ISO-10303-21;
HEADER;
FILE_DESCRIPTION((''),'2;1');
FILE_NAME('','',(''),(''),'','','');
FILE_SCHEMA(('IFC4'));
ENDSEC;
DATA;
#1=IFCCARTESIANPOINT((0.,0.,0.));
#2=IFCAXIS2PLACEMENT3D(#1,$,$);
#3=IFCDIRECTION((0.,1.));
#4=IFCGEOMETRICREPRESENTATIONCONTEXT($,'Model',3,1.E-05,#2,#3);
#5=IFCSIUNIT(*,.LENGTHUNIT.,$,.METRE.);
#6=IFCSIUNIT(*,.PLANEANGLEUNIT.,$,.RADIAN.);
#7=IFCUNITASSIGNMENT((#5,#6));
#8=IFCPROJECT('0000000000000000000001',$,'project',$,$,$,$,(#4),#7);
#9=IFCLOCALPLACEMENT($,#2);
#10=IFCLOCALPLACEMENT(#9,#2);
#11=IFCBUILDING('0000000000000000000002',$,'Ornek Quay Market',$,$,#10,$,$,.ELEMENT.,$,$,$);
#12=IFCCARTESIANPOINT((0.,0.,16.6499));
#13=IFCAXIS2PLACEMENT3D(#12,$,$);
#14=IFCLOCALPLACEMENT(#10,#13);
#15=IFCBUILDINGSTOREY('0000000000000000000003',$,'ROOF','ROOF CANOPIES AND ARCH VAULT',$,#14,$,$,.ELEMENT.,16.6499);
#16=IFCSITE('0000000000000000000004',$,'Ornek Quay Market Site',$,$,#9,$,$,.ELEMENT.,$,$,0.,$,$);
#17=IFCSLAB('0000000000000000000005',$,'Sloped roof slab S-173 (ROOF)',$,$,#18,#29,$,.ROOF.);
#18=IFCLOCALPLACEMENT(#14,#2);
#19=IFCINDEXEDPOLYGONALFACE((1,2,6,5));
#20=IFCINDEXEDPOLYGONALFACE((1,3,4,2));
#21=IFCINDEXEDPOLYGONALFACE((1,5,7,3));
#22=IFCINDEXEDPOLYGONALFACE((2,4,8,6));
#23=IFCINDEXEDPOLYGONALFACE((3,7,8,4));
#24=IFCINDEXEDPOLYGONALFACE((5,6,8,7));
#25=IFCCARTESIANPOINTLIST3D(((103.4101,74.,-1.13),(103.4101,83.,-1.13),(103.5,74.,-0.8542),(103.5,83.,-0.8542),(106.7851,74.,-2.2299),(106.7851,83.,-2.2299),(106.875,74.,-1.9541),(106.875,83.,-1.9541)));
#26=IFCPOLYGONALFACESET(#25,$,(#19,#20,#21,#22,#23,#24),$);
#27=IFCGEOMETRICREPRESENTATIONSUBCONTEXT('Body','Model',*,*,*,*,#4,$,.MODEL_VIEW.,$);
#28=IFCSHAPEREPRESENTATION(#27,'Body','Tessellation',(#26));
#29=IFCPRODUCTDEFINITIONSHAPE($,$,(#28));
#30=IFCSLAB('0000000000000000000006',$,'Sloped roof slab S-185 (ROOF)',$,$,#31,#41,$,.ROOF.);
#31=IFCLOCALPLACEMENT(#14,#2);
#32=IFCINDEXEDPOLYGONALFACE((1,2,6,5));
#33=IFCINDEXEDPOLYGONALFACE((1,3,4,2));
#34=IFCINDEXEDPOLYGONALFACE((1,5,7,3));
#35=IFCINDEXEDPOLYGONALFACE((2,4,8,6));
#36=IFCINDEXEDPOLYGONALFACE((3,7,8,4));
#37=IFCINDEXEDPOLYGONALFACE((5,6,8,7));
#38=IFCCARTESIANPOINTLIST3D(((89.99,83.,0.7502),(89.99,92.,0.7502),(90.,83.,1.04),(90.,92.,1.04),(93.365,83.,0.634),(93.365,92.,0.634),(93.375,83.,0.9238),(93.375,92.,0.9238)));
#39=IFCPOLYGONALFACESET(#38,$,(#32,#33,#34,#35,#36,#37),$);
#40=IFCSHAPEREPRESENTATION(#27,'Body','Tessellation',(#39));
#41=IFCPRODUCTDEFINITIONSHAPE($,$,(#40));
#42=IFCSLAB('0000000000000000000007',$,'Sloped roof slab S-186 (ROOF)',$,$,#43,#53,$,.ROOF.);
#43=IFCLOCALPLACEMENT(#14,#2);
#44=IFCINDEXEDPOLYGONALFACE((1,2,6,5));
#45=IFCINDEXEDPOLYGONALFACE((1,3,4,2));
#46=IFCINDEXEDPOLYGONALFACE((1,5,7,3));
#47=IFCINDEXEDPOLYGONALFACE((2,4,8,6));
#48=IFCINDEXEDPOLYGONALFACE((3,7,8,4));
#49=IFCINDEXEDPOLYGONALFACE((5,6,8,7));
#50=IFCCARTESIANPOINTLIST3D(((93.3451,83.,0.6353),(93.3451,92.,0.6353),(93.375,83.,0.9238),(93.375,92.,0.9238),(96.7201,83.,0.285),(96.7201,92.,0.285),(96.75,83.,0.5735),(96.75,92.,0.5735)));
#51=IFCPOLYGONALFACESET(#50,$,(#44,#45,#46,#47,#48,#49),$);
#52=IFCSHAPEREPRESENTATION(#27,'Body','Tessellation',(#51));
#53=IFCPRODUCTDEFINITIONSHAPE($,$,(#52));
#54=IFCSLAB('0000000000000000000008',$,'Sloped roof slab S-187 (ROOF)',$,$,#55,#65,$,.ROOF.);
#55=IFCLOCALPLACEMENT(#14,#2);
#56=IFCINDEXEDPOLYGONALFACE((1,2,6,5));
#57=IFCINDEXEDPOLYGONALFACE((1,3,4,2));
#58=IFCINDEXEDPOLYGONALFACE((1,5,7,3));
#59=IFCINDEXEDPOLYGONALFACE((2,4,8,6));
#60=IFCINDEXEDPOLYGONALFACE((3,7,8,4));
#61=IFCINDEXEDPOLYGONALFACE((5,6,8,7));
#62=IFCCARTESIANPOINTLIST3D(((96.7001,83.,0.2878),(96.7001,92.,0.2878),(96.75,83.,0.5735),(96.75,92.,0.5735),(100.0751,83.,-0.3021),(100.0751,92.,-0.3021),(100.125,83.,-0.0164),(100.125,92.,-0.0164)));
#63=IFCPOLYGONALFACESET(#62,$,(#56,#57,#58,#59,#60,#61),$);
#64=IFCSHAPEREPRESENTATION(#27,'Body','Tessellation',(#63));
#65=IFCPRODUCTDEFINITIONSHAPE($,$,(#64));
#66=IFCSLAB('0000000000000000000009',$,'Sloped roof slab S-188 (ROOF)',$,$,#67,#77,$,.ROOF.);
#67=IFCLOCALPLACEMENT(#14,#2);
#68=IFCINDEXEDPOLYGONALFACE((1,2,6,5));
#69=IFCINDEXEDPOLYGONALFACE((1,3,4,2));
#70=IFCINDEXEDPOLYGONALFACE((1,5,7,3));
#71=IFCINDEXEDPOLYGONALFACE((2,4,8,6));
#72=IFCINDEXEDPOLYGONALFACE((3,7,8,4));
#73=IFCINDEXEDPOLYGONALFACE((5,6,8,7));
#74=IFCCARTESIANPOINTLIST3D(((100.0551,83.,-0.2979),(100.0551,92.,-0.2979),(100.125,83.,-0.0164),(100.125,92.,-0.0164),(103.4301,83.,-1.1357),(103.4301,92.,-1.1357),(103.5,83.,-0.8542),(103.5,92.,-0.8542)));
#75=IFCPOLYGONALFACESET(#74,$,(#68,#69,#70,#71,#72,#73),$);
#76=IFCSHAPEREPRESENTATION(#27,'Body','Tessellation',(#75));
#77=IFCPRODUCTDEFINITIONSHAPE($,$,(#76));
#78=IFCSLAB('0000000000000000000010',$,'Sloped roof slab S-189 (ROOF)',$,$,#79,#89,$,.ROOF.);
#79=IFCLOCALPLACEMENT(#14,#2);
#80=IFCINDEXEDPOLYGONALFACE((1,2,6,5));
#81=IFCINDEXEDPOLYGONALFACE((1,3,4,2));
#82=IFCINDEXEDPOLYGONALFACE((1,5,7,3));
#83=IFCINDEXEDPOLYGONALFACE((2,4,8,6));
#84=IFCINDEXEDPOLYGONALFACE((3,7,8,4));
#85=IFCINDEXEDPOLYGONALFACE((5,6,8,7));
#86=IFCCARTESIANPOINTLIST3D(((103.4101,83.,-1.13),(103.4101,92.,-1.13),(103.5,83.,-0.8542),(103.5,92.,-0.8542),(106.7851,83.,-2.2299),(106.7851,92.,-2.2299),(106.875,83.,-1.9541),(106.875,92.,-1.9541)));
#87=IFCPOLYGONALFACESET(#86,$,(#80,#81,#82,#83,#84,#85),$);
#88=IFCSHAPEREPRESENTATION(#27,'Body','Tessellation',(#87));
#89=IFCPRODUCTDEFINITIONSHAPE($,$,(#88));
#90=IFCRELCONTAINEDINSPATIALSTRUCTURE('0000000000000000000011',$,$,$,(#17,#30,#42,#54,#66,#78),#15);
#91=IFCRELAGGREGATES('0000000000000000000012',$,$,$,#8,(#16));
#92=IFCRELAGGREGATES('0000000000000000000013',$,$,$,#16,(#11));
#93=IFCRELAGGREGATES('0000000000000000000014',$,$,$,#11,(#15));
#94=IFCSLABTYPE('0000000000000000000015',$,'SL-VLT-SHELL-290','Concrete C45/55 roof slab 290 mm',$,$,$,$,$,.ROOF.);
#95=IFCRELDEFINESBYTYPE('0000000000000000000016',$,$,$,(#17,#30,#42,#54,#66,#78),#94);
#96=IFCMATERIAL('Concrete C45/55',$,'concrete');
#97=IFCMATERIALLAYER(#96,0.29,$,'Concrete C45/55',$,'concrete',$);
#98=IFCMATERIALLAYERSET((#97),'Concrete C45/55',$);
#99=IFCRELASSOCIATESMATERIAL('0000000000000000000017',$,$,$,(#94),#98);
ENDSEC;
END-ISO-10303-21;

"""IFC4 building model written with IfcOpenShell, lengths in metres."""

from ifc_helpers import new_model, si_unit, direction, frame, origin, place, context, subcontext, project, spatial, polyline, outline, extrude, material, layer, layer_set, type_object, element, save


model = new_model("IFC4")

# Units and contexts
model_context = context("Model", 3, precision=1e-05, world=origin(), true_north=direction((0.0, 1.0)))
body_context = subcontext(model_context, "Body", "Model", "MODEL_VIEW")
ifc_project = project(units=[si_unit("LENGTHUNIT", "METRE"), si_unit("PLANEANGLEUNIT", "RADIAN")], contexts=[model_context])

# Site, building, storey
site_placement = place(None, origin())
site = spatial("IfcSite", under=ifc_project, at=site_placement, Name="Ornek Quay Market Site", CompositionType="ELEMENT", RefElevation=0.0)
building_placement = place(site_placement, origin())
building = spatial("IfcBuilding", under=site, at=building_placement, Name="Ornek Quay Market", CompositionType="ELEMENT")
storey_placement = place(building_placement, frame((0.0, 0.0, 16.6499)))
storey = spatial("IfcBuildingStorey", under=building, at=storey_placement, Name="ROOF", Description="ROOF CANOPIES AND ARCH VAULT", CompositionType="ELEMENT", Elevation=16.6499)

# Slabs
ifc_material_1 = material(Name="Concrete C45/55", Category="concrete")
ifc_layer = layer(ifc_material_1, 0.29, Name="Concrete C45/55", Category="concrete")
ifc_layer_set = layer_set([ifc_layer], Name="Concrete C45/55")
slab_type = type_object("IfcSlabType", Name="SL-VLT-SHELL-290", Description="Concrete C45/55 roof slab 290 mm", PredefinedType="ROOF", material=ifc_layer_set)
slab_1_placement = place(storey_placement, frame((103.5, 74.0, -0.8542), z_axis=(0.309845, 0.0, 0.950787), x_axis=(0.950787, 0.0, -0.309845)))
element("IfcSlab", 1, at=slab_1_placement, inside=storey, type_object=slab_type, Name="Sloped roof slab S-173 (ROOF)", PredefinedType="ROOF", context=body_context, shape_type="SweptSolid", body=[
    extrude(outline(polyline([(0.0, 0.0), (3.5497, 0.0), (3.5497, 9.0), (0.0, 9.0), (0.0, 0.0)])), origin(), (0.0, 0.0, -1.0), 0.29),
])
slab_2_placement = place(storey_placement, frame((90.0, 83.0, 1.04), z_axis=(0.034412, 0.0, 0.999408), x_axis=(0.999408, 0.0, -0.034412)))
element("IfcSlab", 2, at=slab_2_placement, inside=storey, type_object=slab_type, Name="Sloped roof slab S-185 (ROOF)", PredefinedType="ROOF", context=body_context, shape_type="SweptSolid", body=[
    extrude(outline(polyline([(0.0, 0.0), (3.377, 0.0), (3.377, 9.0), (0.0, 9.0), (0.0, 0.0)])), origin(), (0.0, 0.0, -1.0), 0.29),
])
slab_3_placement = place(storey_placement, frame((93.375, 83.0, 0.9238), z_axis=(0.10325, 0.0, 0.994655), x_axis=(0.994655, 0.0, -0.10325)))
element("IfcSlab", 3, at=slab_3_placement, inside=storey, type_object=slab_type, Name="Sloped roof slab S-186 (ROOF)", PredefinedType="ROOF", context=body_context, shape_type="SweptSolid", body=[
    extrude(outline(polyline([(0.0, 0.0), (3.3931, 0.0), (3.3931, 9.0), (0.0, 9.0), (0.0, 0.0)])), origin(), (0.0, 0.0, -1.0), 0.29),
])
slab_4_placement = place(storey_placement, frame((96.75, 83.0, 0.5735), z_axis=(0.172159, 0.0, 0.985069), x_axis=(0.985069, 0.0, -0.172159)))
element("IfcSlab", 4, at=slab_4_placement, inside=storey, type_object=slab_type, Name="Sloped roof slab S-187 (ROOF)", PredefinedType="ROOF", context=body_context, shape_type="SweptSolid", body=[
    extrude(outline(polyline([(0.0, 0.0), (3.4262, 0.0), (3.4262, 9.0), (0.0, 9.0), (0.0, 0.0)])), origin(), (0.0, 0.0, -1.0), 0.29),
])
slab_5_placement = place(storey_placement, frame((100.125, 83.0, -0.0164), z_axis=(0.240949, 0.0, 0.970538), x_axis=(0.970538, 0.0, -0.240949)))
element("IfcSlab", 5, at=slab_5_placement, inside=storey, type_object=slab_type, Name="Sloped roof slab S-188 (ROOF)", PredefinedType="ROOF", context=body_context, shape_type="SweptSolid", body=[
    extrude(outline(polyline([(0.0, 0.0), (3.4775, 0.0), (3.4775, 9.0), (0.0, 9.0), (0.0, 0.0)])), origin(), (0.0, 0.0, -1.0), 0.29),
])
slab_6_placement = place(storey_placement, frame((103.5, 83.0, -0.8542), z_axis=(0.309845, 0.0, 0.950787), x_axis=(0.950787, 0.0, -0.309845)))
element("IfcSlab", 6, at=slab_6_placement, inside=storey, type_object=slab_type, Name="Sloped roof slab S-189 (ROOF)", PredefinedType="ROOF", context=body_context, shape_type="SweptSolid", body=[
    extrude(outline(polyline([(0.0, 0.0), (3.5497, 0.0), (3.5497, 9.0), (0.0, 9.0), (0.0, 0.0)])), origin(), (0.0, 0.0, -1.0), 0.29),
])

save(model, "model.ifc")
